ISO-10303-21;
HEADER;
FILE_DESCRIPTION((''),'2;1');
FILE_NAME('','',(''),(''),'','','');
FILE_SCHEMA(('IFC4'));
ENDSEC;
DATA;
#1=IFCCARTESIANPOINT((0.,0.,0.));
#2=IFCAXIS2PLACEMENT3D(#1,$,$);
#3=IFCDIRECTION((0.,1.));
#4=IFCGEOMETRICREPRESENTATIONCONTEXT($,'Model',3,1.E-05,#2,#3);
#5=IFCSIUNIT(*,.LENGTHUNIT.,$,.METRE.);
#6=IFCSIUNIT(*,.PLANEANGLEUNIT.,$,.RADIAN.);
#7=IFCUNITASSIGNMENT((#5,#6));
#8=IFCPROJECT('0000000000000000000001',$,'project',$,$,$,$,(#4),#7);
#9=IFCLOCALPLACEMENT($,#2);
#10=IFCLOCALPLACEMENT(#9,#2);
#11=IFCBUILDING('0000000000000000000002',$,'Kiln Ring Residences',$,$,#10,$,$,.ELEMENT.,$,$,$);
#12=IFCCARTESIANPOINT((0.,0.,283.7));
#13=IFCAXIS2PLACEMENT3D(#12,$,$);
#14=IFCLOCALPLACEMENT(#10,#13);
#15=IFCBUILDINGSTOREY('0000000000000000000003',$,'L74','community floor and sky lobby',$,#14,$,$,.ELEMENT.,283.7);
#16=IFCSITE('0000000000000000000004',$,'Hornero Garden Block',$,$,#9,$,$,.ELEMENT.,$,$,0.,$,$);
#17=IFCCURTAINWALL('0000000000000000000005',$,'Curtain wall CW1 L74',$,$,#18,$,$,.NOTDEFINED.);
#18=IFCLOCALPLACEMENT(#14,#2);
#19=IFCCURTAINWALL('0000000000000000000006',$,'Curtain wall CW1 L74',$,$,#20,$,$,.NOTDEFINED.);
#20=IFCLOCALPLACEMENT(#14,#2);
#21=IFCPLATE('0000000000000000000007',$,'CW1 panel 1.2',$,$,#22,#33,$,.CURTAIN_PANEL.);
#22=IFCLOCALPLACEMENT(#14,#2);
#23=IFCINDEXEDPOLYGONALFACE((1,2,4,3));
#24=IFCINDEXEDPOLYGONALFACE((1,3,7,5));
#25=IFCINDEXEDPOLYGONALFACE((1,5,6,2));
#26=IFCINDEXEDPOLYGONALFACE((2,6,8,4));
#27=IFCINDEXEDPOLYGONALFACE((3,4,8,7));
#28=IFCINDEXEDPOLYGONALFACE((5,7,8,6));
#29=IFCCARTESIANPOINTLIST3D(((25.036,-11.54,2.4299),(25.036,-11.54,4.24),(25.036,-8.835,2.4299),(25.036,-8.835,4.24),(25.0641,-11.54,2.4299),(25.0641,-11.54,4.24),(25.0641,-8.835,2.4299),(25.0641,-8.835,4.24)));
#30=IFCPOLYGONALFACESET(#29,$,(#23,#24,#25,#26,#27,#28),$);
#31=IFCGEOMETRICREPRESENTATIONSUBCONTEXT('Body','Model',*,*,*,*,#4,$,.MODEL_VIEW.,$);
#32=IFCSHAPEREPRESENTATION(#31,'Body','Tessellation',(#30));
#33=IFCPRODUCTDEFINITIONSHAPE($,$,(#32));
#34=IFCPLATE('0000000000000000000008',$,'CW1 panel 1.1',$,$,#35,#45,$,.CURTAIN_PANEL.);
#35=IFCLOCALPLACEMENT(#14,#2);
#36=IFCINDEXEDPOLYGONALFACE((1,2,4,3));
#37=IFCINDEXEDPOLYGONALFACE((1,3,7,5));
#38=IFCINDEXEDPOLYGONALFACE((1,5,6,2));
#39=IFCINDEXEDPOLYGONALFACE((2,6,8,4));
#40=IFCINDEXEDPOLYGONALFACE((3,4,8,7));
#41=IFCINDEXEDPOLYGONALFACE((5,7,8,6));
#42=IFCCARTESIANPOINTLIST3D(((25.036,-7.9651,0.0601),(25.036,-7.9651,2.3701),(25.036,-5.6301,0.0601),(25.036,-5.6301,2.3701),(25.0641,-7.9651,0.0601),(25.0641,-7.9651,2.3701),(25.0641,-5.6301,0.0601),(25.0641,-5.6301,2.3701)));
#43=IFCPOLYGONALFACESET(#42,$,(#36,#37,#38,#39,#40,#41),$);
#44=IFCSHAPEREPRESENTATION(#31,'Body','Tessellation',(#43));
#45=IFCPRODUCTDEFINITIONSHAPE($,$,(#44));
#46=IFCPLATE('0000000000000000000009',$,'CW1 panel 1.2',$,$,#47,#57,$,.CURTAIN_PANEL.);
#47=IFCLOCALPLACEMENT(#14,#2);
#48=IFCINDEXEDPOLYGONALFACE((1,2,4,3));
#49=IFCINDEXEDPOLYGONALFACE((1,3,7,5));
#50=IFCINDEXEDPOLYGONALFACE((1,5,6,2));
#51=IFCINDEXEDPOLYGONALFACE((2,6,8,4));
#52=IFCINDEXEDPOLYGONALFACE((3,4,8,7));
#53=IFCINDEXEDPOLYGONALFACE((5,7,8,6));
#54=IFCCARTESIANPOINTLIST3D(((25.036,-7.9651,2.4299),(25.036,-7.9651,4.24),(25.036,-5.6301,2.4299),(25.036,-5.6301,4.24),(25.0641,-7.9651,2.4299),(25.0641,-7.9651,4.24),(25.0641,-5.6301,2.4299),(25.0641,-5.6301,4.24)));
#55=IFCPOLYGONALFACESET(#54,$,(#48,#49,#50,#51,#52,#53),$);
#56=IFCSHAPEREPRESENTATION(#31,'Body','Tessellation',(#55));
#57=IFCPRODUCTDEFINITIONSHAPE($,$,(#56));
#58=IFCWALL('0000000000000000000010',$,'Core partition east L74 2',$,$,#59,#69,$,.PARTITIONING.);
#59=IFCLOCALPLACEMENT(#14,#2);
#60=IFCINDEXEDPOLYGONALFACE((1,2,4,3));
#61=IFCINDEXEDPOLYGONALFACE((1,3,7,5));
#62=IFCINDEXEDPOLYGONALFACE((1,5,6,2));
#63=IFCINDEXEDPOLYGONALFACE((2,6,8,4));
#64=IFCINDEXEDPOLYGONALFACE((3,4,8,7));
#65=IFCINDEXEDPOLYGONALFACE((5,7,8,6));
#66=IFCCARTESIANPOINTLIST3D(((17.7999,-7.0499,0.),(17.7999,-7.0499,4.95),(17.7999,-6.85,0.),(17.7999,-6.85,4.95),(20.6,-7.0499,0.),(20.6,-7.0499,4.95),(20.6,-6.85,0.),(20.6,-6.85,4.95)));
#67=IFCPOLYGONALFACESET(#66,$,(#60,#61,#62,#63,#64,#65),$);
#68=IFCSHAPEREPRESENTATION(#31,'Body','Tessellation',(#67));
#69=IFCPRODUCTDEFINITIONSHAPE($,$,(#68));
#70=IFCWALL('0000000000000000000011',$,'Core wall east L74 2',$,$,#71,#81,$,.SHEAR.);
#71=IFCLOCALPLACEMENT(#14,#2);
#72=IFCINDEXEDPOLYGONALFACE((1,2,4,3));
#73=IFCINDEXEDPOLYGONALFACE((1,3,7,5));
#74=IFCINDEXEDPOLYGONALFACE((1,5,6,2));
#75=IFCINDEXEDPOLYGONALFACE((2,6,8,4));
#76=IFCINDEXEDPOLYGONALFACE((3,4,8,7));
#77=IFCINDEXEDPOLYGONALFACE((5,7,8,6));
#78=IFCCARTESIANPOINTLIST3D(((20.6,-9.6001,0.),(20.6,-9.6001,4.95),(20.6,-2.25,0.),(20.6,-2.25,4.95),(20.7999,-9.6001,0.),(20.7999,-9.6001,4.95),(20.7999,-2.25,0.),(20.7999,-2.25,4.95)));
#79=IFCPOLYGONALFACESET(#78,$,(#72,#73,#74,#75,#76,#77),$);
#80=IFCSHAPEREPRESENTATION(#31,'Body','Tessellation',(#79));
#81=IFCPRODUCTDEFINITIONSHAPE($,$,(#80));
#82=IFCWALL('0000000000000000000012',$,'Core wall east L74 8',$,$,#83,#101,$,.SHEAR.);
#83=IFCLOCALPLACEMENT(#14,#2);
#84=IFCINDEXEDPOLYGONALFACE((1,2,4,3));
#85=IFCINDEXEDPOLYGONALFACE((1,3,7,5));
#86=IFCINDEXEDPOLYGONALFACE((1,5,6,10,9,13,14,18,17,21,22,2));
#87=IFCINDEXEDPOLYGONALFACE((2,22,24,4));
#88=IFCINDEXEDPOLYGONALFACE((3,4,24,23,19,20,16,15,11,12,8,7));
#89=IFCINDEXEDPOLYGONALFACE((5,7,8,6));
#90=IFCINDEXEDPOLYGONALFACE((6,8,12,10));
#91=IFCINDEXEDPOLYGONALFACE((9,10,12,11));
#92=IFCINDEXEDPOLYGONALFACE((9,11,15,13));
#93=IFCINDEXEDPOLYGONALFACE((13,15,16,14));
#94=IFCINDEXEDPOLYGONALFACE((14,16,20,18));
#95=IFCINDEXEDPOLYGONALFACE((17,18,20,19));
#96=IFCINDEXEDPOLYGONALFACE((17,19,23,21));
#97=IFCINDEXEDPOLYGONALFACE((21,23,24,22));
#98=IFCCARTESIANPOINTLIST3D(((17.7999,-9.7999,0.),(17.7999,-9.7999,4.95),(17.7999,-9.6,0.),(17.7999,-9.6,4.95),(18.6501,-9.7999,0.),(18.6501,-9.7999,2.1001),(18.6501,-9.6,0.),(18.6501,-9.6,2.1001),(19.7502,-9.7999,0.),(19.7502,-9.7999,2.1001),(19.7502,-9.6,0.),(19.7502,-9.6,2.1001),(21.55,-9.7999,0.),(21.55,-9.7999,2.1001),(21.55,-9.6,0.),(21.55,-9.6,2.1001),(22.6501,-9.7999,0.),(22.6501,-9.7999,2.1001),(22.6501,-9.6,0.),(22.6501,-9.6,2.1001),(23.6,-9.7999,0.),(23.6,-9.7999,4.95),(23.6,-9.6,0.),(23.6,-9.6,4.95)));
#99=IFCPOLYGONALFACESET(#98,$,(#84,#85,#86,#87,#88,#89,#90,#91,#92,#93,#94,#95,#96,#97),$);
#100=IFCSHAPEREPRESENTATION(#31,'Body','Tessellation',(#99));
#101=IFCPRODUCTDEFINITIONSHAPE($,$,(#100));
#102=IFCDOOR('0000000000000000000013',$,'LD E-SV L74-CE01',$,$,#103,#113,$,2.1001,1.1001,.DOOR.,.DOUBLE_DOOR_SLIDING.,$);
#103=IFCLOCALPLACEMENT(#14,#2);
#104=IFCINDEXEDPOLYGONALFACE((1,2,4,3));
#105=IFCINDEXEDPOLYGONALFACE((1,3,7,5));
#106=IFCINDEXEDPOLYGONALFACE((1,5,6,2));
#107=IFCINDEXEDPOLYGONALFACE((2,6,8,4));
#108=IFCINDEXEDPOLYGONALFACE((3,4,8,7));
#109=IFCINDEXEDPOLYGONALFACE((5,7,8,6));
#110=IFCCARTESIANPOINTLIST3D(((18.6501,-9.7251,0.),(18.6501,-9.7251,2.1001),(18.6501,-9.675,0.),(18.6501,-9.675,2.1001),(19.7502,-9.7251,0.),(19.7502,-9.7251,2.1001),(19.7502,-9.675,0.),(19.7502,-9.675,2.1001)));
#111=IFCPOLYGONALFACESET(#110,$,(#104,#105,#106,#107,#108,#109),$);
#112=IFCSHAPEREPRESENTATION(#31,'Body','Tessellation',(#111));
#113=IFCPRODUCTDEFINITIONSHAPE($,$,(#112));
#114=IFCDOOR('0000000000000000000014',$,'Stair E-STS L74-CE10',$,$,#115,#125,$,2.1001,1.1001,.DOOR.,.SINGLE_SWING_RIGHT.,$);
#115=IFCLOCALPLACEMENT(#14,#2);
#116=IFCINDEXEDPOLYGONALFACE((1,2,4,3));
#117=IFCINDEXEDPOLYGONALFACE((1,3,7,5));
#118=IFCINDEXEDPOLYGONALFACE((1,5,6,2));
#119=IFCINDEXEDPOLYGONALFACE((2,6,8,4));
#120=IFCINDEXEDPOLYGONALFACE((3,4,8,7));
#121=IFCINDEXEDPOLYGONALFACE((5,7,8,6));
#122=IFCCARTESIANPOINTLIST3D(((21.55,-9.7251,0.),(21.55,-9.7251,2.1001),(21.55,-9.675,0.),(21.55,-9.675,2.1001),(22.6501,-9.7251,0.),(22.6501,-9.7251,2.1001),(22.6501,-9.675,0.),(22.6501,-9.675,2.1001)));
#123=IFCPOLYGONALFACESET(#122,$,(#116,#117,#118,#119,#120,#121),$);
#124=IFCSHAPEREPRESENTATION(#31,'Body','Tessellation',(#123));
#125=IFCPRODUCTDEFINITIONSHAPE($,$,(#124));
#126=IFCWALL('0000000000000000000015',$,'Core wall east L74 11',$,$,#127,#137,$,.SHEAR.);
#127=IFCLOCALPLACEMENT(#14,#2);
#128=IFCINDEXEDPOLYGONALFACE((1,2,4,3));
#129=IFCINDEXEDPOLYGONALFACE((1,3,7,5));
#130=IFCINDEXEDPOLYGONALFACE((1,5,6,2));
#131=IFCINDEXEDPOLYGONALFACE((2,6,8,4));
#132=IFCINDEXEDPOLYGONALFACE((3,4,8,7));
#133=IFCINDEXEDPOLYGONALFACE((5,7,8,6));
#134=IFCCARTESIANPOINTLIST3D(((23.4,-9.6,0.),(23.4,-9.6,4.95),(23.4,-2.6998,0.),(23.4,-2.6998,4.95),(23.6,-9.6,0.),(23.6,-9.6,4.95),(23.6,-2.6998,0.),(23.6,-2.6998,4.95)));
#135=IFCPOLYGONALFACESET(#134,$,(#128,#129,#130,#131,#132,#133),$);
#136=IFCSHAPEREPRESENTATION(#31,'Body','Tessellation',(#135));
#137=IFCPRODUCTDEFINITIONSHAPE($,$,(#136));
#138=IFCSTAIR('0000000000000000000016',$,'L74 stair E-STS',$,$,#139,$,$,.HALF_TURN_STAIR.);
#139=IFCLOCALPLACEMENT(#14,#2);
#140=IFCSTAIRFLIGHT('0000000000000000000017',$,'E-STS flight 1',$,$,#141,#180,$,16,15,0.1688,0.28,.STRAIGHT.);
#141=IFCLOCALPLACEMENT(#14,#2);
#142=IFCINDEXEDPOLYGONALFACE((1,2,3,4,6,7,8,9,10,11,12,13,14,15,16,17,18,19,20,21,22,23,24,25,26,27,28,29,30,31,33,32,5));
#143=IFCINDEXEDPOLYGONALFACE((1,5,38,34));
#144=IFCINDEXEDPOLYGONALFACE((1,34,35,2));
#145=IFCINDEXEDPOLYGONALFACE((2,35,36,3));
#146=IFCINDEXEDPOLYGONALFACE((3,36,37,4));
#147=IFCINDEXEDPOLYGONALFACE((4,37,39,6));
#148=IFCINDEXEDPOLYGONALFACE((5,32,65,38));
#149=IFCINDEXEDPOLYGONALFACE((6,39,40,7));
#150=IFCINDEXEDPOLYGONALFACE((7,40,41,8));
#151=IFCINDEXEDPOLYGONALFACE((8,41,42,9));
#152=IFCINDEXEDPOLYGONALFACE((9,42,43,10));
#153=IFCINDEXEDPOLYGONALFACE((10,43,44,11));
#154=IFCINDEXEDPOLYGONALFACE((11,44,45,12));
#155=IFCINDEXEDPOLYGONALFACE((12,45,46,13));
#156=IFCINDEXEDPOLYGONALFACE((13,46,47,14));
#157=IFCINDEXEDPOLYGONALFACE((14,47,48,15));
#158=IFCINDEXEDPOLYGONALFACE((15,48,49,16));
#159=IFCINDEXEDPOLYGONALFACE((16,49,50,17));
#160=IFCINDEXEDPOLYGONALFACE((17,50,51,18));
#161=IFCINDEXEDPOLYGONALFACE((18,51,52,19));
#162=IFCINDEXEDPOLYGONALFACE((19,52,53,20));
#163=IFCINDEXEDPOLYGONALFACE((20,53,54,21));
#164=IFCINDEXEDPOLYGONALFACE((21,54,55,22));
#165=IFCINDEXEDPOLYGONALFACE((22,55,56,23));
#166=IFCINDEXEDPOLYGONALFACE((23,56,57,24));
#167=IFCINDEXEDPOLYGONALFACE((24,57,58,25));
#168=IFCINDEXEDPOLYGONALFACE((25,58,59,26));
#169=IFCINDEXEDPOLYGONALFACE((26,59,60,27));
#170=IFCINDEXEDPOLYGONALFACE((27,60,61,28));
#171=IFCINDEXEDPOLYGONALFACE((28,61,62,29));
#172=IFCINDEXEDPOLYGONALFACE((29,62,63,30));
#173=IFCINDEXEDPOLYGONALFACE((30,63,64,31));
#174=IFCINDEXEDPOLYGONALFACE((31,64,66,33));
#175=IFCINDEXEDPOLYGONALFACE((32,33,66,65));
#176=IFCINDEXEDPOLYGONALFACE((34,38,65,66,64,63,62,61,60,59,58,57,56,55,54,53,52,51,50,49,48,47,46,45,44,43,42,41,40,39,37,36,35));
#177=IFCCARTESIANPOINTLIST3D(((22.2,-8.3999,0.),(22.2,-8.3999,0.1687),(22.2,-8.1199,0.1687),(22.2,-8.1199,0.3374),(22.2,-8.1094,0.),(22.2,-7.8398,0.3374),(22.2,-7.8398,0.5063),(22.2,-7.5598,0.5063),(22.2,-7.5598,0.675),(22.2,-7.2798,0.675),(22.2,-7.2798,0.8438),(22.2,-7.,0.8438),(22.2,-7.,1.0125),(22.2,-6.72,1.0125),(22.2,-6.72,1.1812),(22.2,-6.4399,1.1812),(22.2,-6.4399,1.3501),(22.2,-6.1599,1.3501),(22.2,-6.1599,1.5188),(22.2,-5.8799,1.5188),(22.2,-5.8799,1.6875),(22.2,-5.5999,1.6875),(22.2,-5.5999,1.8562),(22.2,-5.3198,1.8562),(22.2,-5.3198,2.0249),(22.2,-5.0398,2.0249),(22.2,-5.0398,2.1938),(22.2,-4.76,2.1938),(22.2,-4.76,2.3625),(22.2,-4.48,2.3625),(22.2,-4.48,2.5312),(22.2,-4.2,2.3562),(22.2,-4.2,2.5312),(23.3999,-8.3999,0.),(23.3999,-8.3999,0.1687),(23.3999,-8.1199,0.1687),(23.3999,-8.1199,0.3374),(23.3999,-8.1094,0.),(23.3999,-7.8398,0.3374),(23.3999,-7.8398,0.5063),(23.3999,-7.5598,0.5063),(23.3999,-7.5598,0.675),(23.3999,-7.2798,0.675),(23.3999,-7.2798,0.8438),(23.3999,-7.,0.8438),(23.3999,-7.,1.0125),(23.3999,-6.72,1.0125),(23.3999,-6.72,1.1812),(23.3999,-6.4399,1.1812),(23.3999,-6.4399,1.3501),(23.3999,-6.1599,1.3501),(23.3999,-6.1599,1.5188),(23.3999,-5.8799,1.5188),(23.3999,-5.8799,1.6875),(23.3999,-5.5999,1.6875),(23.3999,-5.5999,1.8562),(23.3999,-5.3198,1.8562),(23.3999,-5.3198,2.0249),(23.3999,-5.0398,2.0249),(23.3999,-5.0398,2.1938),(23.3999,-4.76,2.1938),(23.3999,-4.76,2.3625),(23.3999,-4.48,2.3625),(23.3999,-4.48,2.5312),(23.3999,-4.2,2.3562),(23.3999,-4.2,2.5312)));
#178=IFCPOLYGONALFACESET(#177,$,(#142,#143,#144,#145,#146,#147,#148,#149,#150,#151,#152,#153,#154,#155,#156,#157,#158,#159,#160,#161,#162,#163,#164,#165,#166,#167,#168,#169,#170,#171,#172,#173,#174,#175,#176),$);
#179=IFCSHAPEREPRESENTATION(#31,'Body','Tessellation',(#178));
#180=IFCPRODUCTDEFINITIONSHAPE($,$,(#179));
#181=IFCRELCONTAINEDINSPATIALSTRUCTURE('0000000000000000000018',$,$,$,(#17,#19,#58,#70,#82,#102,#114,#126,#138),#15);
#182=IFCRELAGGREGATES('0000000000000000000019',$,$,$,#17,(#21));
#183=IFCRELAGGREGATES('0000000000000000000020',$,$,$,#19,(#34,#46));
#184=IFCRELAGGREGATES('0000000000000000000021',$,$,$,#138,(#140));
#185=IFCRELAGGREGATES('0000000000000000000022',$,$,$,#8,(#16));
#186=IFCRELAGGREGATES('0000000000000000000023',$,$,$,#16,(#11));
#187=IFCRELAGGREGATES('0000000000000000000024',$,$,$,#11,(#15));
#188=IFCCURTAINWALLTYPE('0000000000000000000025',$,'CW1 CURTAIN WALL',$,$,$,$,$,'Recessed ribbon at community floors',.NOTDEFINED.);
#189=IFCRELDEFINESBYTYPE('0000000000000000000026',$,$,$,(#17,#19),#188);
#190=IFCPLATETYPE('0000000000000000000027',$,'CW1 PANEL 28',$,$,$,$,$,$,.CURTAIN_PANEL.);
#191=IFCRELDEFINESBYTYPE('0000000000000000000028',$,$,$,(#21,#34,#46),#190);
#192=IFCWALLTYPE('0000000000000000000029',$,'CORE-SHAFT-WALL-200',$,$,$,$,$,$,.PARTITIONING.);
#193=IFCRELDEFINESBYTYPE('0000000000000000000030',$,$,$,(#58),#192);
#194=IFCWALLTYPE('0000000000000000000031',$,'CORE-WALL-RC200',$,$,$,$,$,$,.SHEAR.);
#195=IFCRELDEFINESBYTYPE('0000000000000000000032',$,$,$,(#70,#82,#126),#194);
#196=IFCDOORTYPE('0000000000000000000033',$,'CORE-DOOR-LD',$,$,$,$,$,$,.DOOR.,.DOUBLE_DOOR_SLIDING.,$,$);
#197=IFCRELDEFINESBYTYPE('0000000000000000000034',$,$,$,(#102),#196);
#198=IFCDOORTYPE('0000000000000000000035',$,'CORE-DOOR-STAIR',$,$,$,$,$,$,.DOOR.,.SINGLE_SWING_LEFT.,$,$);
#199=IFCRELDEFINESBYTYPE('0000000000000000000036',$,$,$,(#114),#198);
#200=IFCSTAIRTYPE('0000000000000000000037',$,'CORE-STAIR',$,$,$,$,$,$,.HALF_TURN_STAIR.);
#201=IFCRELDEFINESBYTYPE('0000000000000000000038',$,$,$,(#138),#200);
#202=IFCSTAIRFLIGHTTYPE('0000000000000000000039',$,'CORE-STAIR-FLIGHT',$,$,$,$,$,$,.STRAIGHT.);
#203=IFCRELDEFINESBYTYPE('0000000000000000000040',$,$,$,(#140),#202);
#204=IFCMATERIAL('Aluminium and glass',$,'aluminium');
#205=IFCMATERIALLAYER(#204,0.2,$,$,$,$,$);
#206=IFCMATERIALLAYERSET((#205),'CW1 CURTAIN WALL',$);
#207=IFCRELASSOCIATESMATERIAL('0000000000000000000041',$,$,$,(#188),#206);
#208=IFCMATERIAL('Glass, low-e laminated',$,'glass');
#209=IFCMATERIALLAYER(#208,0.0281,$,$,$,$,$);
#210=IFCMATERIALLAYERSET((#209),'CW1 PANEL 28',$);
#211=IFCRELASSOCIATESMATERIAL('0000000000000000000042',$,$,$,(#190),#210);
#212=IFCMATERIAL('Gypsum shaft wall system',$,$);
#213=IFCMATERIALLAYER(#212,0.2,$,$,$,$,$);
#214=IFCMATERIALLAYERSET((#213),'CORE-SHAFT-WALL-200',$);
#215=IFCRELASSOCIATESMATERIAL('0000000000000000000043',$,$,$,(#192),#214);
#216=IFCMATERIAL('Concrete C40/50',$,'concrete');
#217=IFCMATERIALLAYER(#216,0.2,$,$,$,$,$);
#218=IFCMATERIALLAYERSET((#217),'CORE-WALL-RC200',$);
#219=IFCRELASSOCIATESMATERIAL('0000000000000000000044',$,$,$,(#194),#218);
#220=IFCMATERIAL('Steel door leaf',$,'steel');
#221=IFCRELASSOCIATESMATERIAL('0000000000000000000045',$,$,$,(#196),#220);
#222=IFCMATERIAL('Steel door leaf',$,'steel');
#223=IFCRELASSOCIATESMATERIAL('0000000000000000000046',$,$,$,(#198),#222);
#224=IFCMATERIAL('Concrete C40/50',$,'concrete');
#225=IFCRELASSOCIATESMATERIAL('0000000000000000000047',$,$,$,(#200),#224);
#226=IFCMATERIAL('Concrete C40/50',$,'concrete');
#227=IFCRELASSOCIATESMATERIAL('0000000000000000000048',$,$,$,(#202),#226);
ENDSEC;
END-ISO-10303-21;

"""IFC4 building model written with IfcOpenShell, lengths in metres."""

from ifc_helpers import new_model, si_unit, direction, frame, frame_2d, origin, origin_2d, place, context, subcontext, project, spatial, polyline, rectangle, outline, extrude, material, layer, layer_set, type_object, element, fill, aggregate, save


model = new_model("IFC4")

# Units and contexts
model_context = context("Model", 3, precision=1e-05, world=origin(), true_north=direction((0.0, 1.0)))
body_context = subcontext(model_context, "Body", "Model", "MODEL_VIEW")
ifc_project = project(units=[si_unit("LENGTHUNIT", "METRE"), si_unit("PLANEANGLEUNIT", "RADIAN")], contexts=[model_context])

# Site, building, storey
site_placement = place(None, origin())
site = spatial("IfcSite", under=ifc_project, at=site_placement, Name="Hornero Garden Block", CompositionType="ELEMENT", RefElevation=0.0)
building_placement = place(site_placement, origin())
building = spatial("IfcBuilding", under=site, at=building_placement, Name="Kiln Ring Residences", CompositionType="ELEMENT")
storey_placement = place(building_placement, frame((0.0, 0.0, 283.7)))
storey = spatial("IfcBuildingStorey", under=building, at=storey_placement, Name="L74", Description="community floor and sky lobby", CompositionType="ELEMENT", Elevation=283.7)

# Shared definitions
ifc_material_1 = material(Name="Aluminium and glass", Category="aluminium")
ifc_layer_1 = layer(ifc_material_1, 0.2)
ifc_layer_set_1 = layer_set([ifc_layer_1], Name="CW1 CURTAIN WALL")
curtain_wall_type = type_object("IfcCurtainWallType", Name="CW1 CURTAIN WALL", ElementType="Recessed ribbon at community floors", PredefinedType="NOTDEFINED", material=ifc_layer_set_1)
placement = place(storey_placement, origin())

# Curtain wall
curtain_wall_1 = element("IfcCurtainWall", 1, at=placement, inside=storey, type_object=curtain_wall_type, Name="Curtain wall CW1 L74", PredefinedType="NOTDEFINED")

# Curtain wall
curtain_wall_2 = element("IfcCurtainWall", 2, at=placement, inside=storey, type_object=curtain_wall_type, Name="Curtain wall CW1 L74", PredefinedType="NOTDEFINED")

# Plates
ifc_material_2 = material(Name="Glass, low-e laminated", Category="glass")
ifc_layer_2 = layer(ifc_material_2, 0.0281)
ifc_layer_set_2 = layer_set([ifc_layer_2], Name="CW1 PANEL 28")
plate_type = type_object("IfcPlateType", Name="CW1 PANEL 28", PredefinedType="CURTAIN_PANEL", material=ifc_layer_set_2)
plate_1_placement = place(storey_placement, frame((25.05, -10.1875, 2.4299), z_axis=(0.0, 0.0, 1.0), x_axis=(0.0, 1.0, 0.0)))
plate_1 = element("IfcPlate", 3, at=plate_1_placement, type_object=plate_type, Name="CW1 panel 1.2", PredefinedType="CURTAIN_PANEL", context=body_context, shape_type="SweptSolid", body=[
    extrude(rectangle(XDim=2.7051, YDim=0.0281, at=origin_2d()), origin(), (0.0, 0.0, 1.0), 1.8101),
])
aggregate(curtain_wall_1, [plate_1])
plate_2_placement = place(storey_placement, frame((25.05, -6.7976, 0.0601), z_axis=(0.0, 0.0, 1.0), x_axis=(0.0, 1.0, 0.0)))
plate_2 = element("IfcPlate", 4, at=plate_2_placement, type_object=plate_type, Name="CW1 panel 1.1", PredefinedType="CURTAIN_PANEL", context=body_context, shape_type="SweptSolid", body=[
    extrude(rectangle(XDim=2.335, YDim=0.0281, at=origin_2d()), origin(), (0.0, 0.0, 1.0), 2.3101),
])
plate_3_placement = place(storey_placement, frame((25.05, -6.7976, 2.4299), z_axis=(0.0, 0.0, 1.0), x_axis=(0.0, 1.0, 0.0)))
plate_3 = element("IfcPlate", 5, at=plate_3_placement, type_object=plate_type, Name="CW1 panel 1.2", PredefinedType="CURTAIN_PANEL", context=body_context, shape_type="SweptSolid", body=[
    extrude(rectangle(XDim=2.335, YDim=0.0281, at=origin_2d()), origin(), (0.0, 0.0, 1.0), 1.8101),
])
aggregate(curtain_wall_2, [plate_2, plate_3])

# Walls
ifc_material_3 = material(Name="Gypsum shaft wall system")
ifc_layer_3 = layer(ifc_material_3, 0.2)
ifc_layer_set_3 = layer_set([ifc_layer_3], Name="CORE-SHAFT-WALL-200")
wall_type_1 = type_object("IfcWallType", Name="CORE-SHAFT-WALL-200", PredefinedType="PARTITIONING", material=ifc_layer_set_3)
wall_1_placement = place(storey_placement, frame((17.8, -6.95, 0.0), z_axis=(0.0, 0.0, 1.0), x_axis=(1.0, 0.0, 0.0)))
element("IfcWall", 6, at=wall_1_placement, inside=storey, type_object=wall_type_1, Name="Core partition east L74 2", PredefinedType="PARTITIONING", context=body_context, shape_type="SweptSolid", body=[
    extrude(rectangle(XDim=2.8, YDim=0.2, at=frame_2d((1.3999, 0.0))), origin(), (0.0, 0.0, 1.0), 4.95),
])
ifc_material_4 = material(Name="Concrete C40/50", Category="concrete")
ifc_layer_4 = layer(ifc_material_4, 0.2)
ifc_layer_set_4 = layer_set([ifc_layer_4], Name="CORE-WALL-RC200")
wall_type_2 = type_object("IfcWallType", Name="CORE-WALL-RC200", PredefinedType="SHEAR", material=ifc_layer_set_4)
wall_2_placement = place(storey_placement, frame((20.7, -9.6001, 0.0), z_axis=(0.0, 0.0, 1.0), x_axis=(0.0, 1.0, 0.0)))
element("IfcWall", 7, at=wall_2_placement, inside=storey, type_object=wall_type_2, Name="Core wall east L74 2", PredefinedType="SHEAR", context=body_context, shape_type="SweptSolid", body=[
    extrude(rectangle(XDim=7.3501, YDim=0.2, at=frame_2d((3.675, 0.0))), origin(), (0.0, 0.0, 1.0), 4.95),
])

# Wall, openings, doors
wall_3_placement = place(storey_placement, frame((17.8, -9.7, 0.0), z_axis=(0.0, 0.0, 1.0), x_axis=(1.0, 0.0, 0.0)))
wall_3 = element("IfcWall", 8, at=wall_3_placement, inside=storey, type_object=wall_type_2, Name="Core wall east L74 8", PredefinedType="SHEAR", context=body_context, shape_type="SweptSolid", body=[
    extrude(rectangle(XDim=5.8, YDim=0.2, at=frame_2d((2.8999, 0.0))), origin(), (0.0, 0.0, 1.0), 4.95),
])
opening_1_placement = place(wall_3_placement, frame((0.8501, 0.0, 0.0)))
opening_1 = element("IfcOpeningElement", 9, at=opening_1_placement, cuts=wall_3, PredefinedType="OPENING", context=body_context, shape_type="SweptSolid", body=[
    extrude(rectangle(XDim=1.1001, YDim=2.1001, at=frame_2d((0.55, 1.05))), frame((0.0, 0.1099, 0.0), z_axis=(0.0, -1.0, 0.0), x_axis=(1.0, 0.0, 0.0)), (0.0, 0.0, 1.0), 0.22),
])
opening_2_placement = place(wall_3_placement, frame((3.75, 0.0, 0.0)))
opening_2 = element("IfcOpeningElement", 10, at=opening_2_placement, cuts=wall_3, PredefinedType="OPENING", context=body_context, shape_type="SweptSolid", body=[
    extrude(rectangle(XDim=1.1001, YDim=2.1001, at=frame_2d((0.55, 1.05))), frame((0.0, 0.1099, 0.0), z_axis=(0.0, -1.0, 0.0), x_axis=(1.0, 0.0, 0.0)), (0.0, 0.0, 1.0), 0.22),
])
ifc_material_5 = material(Name="Steel door leaf", Category="steel")
door_type_1 = type_object("IfcDoorType", Name="CORE-DOOR-LD", OperationType="DOUBLE_DOOR_SLIDING", PredefinedType="DOOR", material=ifc_material_5)
door_1_placement = place(opening_1_placement, origin())
door_1 = element("IfcDoor", 11, at=door_1_placement, inside=storey, type_object=door_type_1, Name="LD E-SV L74-CE01", OperationType="DOUBLE_DOOR_SLIDING", OverallHeight=2.1001, OverallWidth=1.1001, PredefinedType="DOOR", context=body_context, shape_type="SweptSolid", body=[
    extrude(rectangle(XDim=1.1001, YDim=2.1001, at=frame_2d((0.55, 1.05))), frame((0.0, 0.0249, 0.0), z_axis=(0.0, -1.0, 0.0), x_axis=(1.0, 0.0, 0.0)), (0.0, 0.0, 1.0), 0.05),
])
fill(opening_1, door_1)
ifc_material_6 = material(Name="Steel door leaf", Category="steel")
door_type_2 = type_object("IfcDoorType", Name="CORE-DOOR-STAIR", OperationType="SINGLE_SWING_LEFT", PredefinedType="DOOR", material=ifc_material_6)
door_2_placement = place(opening_2_placement, origin())
door_2 = element("IfcDoor", 12, at=door_2_placement, inside=storey, type_object=door_type_2, Name="Stair E-STS L74-CE10", OperationType="SINGLE_SWING_RIGHT", OverallHeight=2.1001, OverallWidth=1.1001, PredefinedType="DOOR", context=body_context, shape_type="SweptSolid", body=[
    extrude(rectangle(XDim=1.1001, YDim=2.1001, at=frame_2d((0.55, 1.05))), frame((0.0, 0.0249, 0.0), z_axis=(0.0, -1.0, 0.0), x_axis=(1.0, 0.0, 0.0)), (0.0, 0.0, 1.0), 0.05),
])
fill(opening_2, door_2)

# Wall
wall_4_placement = place(storey_placement, frame((23.5, -9.6001, 0.0), z_axis=(0.0, 0.0, 1.0), x_axis=(0.0, 1.0, 0.0)))
element("IfcWall", 13, at=wall_4_placement, inside=storey, type_object=wall_type_2, Name="Core wall east L74 11", PredefinedType="SHEAR", context=body_context, shape_type="SweptSolid", body=[
    extrude(rectangle(XDim=6.9001, YDim=0.2, at=frame_2d((3.4502, 0.0))), origin(), (0.0, 0.0, 1.0), 4.95),
])

# Stair, stair flight
ifc_material_7 = material(Name="Concrete C40/50", Category="concrete")
stair_type = type_object("IfcStairType", Name="CORE-STAIR", PredefinedType="HALF_TURN_STAIR", material=ifc_material_7)
stair = element("IfcStair", 14, at=placement, inside=storey, type_object=stair_type, Name="L74 stair E-STS", PredefinedType="HALF_TURN_STAIR")
ifc_material_8 = material(Name="Concrete C40/50", Category="concrete")
stair_flight_type = type_object("IfcStairFlightType", Name="CORE-STAIR-FLIGHT", PredefinedType="STRAIGHT", material=ifc_material_8)
stair_flight_placement = place(storey_placement, frame((22.8, -8.3999, 0.0), z_axis=(0.0, 0.0, 1.0), x_axis=(0.0, 1.0, 0.0)))
stair_flight = element("IfcStairFlight", 15, at=stair_flight_placement, type_object=stair_flight_type, Name="E-STS flight 1", NumberOfRisers=16, NumberOfTreads=15, PredefinedType="STRAIGHT", RiserHeight=0.1688, TreadLength=0.28, context=body_context, shape_type="SweptSolid", body=[
    extrude(outline(polyline([(0.0, 0.0), (0.0, 0.1687), (0.28, 0.1687), (0.28, 0.3374), (0.5601, 0.3374), (0.5601, 0.5063), (0.8401, 0.5063), (0.8401, 0.675), (1.1201, 0.675), (1.1201, 0.8438), (1.3999, 0.8438), (1.3999, 1.0125), (1.6799, 1.0125), (1.6799, 1.1812), (1.96, 1.1812), (1.96, 1.3501), (2.24, 1.3501), (2.24, 1.5188), (2.52, 1.5188), (2.52, 1.6875), (2.8, 1.6875), (2.8, 1.8562), (3.0801, 1.8562), (3.0801, 2.0249), (3.3601, 2.0249), (3.3601, 2.1938), (3.6399, 2.1938), (3.6399, 2.3625), (3.9199, 2.3625), (3.9199, 2.5312), (4.2, 2.5312), (4.2, 2.7), (4.2, 2.3562), (0.2905, 0.0), (0.0, 0.0)])), frame((0.0, 0.6001, 0.0), z_axis=(0.0, -1.0, 0.0), x_axis=(1.0, 0.0, 0.0)), (0.0, 0.0, 1.0), 1.2),
])
aggregate(stair, [stair_flight])

save(model, "model.ifc")
